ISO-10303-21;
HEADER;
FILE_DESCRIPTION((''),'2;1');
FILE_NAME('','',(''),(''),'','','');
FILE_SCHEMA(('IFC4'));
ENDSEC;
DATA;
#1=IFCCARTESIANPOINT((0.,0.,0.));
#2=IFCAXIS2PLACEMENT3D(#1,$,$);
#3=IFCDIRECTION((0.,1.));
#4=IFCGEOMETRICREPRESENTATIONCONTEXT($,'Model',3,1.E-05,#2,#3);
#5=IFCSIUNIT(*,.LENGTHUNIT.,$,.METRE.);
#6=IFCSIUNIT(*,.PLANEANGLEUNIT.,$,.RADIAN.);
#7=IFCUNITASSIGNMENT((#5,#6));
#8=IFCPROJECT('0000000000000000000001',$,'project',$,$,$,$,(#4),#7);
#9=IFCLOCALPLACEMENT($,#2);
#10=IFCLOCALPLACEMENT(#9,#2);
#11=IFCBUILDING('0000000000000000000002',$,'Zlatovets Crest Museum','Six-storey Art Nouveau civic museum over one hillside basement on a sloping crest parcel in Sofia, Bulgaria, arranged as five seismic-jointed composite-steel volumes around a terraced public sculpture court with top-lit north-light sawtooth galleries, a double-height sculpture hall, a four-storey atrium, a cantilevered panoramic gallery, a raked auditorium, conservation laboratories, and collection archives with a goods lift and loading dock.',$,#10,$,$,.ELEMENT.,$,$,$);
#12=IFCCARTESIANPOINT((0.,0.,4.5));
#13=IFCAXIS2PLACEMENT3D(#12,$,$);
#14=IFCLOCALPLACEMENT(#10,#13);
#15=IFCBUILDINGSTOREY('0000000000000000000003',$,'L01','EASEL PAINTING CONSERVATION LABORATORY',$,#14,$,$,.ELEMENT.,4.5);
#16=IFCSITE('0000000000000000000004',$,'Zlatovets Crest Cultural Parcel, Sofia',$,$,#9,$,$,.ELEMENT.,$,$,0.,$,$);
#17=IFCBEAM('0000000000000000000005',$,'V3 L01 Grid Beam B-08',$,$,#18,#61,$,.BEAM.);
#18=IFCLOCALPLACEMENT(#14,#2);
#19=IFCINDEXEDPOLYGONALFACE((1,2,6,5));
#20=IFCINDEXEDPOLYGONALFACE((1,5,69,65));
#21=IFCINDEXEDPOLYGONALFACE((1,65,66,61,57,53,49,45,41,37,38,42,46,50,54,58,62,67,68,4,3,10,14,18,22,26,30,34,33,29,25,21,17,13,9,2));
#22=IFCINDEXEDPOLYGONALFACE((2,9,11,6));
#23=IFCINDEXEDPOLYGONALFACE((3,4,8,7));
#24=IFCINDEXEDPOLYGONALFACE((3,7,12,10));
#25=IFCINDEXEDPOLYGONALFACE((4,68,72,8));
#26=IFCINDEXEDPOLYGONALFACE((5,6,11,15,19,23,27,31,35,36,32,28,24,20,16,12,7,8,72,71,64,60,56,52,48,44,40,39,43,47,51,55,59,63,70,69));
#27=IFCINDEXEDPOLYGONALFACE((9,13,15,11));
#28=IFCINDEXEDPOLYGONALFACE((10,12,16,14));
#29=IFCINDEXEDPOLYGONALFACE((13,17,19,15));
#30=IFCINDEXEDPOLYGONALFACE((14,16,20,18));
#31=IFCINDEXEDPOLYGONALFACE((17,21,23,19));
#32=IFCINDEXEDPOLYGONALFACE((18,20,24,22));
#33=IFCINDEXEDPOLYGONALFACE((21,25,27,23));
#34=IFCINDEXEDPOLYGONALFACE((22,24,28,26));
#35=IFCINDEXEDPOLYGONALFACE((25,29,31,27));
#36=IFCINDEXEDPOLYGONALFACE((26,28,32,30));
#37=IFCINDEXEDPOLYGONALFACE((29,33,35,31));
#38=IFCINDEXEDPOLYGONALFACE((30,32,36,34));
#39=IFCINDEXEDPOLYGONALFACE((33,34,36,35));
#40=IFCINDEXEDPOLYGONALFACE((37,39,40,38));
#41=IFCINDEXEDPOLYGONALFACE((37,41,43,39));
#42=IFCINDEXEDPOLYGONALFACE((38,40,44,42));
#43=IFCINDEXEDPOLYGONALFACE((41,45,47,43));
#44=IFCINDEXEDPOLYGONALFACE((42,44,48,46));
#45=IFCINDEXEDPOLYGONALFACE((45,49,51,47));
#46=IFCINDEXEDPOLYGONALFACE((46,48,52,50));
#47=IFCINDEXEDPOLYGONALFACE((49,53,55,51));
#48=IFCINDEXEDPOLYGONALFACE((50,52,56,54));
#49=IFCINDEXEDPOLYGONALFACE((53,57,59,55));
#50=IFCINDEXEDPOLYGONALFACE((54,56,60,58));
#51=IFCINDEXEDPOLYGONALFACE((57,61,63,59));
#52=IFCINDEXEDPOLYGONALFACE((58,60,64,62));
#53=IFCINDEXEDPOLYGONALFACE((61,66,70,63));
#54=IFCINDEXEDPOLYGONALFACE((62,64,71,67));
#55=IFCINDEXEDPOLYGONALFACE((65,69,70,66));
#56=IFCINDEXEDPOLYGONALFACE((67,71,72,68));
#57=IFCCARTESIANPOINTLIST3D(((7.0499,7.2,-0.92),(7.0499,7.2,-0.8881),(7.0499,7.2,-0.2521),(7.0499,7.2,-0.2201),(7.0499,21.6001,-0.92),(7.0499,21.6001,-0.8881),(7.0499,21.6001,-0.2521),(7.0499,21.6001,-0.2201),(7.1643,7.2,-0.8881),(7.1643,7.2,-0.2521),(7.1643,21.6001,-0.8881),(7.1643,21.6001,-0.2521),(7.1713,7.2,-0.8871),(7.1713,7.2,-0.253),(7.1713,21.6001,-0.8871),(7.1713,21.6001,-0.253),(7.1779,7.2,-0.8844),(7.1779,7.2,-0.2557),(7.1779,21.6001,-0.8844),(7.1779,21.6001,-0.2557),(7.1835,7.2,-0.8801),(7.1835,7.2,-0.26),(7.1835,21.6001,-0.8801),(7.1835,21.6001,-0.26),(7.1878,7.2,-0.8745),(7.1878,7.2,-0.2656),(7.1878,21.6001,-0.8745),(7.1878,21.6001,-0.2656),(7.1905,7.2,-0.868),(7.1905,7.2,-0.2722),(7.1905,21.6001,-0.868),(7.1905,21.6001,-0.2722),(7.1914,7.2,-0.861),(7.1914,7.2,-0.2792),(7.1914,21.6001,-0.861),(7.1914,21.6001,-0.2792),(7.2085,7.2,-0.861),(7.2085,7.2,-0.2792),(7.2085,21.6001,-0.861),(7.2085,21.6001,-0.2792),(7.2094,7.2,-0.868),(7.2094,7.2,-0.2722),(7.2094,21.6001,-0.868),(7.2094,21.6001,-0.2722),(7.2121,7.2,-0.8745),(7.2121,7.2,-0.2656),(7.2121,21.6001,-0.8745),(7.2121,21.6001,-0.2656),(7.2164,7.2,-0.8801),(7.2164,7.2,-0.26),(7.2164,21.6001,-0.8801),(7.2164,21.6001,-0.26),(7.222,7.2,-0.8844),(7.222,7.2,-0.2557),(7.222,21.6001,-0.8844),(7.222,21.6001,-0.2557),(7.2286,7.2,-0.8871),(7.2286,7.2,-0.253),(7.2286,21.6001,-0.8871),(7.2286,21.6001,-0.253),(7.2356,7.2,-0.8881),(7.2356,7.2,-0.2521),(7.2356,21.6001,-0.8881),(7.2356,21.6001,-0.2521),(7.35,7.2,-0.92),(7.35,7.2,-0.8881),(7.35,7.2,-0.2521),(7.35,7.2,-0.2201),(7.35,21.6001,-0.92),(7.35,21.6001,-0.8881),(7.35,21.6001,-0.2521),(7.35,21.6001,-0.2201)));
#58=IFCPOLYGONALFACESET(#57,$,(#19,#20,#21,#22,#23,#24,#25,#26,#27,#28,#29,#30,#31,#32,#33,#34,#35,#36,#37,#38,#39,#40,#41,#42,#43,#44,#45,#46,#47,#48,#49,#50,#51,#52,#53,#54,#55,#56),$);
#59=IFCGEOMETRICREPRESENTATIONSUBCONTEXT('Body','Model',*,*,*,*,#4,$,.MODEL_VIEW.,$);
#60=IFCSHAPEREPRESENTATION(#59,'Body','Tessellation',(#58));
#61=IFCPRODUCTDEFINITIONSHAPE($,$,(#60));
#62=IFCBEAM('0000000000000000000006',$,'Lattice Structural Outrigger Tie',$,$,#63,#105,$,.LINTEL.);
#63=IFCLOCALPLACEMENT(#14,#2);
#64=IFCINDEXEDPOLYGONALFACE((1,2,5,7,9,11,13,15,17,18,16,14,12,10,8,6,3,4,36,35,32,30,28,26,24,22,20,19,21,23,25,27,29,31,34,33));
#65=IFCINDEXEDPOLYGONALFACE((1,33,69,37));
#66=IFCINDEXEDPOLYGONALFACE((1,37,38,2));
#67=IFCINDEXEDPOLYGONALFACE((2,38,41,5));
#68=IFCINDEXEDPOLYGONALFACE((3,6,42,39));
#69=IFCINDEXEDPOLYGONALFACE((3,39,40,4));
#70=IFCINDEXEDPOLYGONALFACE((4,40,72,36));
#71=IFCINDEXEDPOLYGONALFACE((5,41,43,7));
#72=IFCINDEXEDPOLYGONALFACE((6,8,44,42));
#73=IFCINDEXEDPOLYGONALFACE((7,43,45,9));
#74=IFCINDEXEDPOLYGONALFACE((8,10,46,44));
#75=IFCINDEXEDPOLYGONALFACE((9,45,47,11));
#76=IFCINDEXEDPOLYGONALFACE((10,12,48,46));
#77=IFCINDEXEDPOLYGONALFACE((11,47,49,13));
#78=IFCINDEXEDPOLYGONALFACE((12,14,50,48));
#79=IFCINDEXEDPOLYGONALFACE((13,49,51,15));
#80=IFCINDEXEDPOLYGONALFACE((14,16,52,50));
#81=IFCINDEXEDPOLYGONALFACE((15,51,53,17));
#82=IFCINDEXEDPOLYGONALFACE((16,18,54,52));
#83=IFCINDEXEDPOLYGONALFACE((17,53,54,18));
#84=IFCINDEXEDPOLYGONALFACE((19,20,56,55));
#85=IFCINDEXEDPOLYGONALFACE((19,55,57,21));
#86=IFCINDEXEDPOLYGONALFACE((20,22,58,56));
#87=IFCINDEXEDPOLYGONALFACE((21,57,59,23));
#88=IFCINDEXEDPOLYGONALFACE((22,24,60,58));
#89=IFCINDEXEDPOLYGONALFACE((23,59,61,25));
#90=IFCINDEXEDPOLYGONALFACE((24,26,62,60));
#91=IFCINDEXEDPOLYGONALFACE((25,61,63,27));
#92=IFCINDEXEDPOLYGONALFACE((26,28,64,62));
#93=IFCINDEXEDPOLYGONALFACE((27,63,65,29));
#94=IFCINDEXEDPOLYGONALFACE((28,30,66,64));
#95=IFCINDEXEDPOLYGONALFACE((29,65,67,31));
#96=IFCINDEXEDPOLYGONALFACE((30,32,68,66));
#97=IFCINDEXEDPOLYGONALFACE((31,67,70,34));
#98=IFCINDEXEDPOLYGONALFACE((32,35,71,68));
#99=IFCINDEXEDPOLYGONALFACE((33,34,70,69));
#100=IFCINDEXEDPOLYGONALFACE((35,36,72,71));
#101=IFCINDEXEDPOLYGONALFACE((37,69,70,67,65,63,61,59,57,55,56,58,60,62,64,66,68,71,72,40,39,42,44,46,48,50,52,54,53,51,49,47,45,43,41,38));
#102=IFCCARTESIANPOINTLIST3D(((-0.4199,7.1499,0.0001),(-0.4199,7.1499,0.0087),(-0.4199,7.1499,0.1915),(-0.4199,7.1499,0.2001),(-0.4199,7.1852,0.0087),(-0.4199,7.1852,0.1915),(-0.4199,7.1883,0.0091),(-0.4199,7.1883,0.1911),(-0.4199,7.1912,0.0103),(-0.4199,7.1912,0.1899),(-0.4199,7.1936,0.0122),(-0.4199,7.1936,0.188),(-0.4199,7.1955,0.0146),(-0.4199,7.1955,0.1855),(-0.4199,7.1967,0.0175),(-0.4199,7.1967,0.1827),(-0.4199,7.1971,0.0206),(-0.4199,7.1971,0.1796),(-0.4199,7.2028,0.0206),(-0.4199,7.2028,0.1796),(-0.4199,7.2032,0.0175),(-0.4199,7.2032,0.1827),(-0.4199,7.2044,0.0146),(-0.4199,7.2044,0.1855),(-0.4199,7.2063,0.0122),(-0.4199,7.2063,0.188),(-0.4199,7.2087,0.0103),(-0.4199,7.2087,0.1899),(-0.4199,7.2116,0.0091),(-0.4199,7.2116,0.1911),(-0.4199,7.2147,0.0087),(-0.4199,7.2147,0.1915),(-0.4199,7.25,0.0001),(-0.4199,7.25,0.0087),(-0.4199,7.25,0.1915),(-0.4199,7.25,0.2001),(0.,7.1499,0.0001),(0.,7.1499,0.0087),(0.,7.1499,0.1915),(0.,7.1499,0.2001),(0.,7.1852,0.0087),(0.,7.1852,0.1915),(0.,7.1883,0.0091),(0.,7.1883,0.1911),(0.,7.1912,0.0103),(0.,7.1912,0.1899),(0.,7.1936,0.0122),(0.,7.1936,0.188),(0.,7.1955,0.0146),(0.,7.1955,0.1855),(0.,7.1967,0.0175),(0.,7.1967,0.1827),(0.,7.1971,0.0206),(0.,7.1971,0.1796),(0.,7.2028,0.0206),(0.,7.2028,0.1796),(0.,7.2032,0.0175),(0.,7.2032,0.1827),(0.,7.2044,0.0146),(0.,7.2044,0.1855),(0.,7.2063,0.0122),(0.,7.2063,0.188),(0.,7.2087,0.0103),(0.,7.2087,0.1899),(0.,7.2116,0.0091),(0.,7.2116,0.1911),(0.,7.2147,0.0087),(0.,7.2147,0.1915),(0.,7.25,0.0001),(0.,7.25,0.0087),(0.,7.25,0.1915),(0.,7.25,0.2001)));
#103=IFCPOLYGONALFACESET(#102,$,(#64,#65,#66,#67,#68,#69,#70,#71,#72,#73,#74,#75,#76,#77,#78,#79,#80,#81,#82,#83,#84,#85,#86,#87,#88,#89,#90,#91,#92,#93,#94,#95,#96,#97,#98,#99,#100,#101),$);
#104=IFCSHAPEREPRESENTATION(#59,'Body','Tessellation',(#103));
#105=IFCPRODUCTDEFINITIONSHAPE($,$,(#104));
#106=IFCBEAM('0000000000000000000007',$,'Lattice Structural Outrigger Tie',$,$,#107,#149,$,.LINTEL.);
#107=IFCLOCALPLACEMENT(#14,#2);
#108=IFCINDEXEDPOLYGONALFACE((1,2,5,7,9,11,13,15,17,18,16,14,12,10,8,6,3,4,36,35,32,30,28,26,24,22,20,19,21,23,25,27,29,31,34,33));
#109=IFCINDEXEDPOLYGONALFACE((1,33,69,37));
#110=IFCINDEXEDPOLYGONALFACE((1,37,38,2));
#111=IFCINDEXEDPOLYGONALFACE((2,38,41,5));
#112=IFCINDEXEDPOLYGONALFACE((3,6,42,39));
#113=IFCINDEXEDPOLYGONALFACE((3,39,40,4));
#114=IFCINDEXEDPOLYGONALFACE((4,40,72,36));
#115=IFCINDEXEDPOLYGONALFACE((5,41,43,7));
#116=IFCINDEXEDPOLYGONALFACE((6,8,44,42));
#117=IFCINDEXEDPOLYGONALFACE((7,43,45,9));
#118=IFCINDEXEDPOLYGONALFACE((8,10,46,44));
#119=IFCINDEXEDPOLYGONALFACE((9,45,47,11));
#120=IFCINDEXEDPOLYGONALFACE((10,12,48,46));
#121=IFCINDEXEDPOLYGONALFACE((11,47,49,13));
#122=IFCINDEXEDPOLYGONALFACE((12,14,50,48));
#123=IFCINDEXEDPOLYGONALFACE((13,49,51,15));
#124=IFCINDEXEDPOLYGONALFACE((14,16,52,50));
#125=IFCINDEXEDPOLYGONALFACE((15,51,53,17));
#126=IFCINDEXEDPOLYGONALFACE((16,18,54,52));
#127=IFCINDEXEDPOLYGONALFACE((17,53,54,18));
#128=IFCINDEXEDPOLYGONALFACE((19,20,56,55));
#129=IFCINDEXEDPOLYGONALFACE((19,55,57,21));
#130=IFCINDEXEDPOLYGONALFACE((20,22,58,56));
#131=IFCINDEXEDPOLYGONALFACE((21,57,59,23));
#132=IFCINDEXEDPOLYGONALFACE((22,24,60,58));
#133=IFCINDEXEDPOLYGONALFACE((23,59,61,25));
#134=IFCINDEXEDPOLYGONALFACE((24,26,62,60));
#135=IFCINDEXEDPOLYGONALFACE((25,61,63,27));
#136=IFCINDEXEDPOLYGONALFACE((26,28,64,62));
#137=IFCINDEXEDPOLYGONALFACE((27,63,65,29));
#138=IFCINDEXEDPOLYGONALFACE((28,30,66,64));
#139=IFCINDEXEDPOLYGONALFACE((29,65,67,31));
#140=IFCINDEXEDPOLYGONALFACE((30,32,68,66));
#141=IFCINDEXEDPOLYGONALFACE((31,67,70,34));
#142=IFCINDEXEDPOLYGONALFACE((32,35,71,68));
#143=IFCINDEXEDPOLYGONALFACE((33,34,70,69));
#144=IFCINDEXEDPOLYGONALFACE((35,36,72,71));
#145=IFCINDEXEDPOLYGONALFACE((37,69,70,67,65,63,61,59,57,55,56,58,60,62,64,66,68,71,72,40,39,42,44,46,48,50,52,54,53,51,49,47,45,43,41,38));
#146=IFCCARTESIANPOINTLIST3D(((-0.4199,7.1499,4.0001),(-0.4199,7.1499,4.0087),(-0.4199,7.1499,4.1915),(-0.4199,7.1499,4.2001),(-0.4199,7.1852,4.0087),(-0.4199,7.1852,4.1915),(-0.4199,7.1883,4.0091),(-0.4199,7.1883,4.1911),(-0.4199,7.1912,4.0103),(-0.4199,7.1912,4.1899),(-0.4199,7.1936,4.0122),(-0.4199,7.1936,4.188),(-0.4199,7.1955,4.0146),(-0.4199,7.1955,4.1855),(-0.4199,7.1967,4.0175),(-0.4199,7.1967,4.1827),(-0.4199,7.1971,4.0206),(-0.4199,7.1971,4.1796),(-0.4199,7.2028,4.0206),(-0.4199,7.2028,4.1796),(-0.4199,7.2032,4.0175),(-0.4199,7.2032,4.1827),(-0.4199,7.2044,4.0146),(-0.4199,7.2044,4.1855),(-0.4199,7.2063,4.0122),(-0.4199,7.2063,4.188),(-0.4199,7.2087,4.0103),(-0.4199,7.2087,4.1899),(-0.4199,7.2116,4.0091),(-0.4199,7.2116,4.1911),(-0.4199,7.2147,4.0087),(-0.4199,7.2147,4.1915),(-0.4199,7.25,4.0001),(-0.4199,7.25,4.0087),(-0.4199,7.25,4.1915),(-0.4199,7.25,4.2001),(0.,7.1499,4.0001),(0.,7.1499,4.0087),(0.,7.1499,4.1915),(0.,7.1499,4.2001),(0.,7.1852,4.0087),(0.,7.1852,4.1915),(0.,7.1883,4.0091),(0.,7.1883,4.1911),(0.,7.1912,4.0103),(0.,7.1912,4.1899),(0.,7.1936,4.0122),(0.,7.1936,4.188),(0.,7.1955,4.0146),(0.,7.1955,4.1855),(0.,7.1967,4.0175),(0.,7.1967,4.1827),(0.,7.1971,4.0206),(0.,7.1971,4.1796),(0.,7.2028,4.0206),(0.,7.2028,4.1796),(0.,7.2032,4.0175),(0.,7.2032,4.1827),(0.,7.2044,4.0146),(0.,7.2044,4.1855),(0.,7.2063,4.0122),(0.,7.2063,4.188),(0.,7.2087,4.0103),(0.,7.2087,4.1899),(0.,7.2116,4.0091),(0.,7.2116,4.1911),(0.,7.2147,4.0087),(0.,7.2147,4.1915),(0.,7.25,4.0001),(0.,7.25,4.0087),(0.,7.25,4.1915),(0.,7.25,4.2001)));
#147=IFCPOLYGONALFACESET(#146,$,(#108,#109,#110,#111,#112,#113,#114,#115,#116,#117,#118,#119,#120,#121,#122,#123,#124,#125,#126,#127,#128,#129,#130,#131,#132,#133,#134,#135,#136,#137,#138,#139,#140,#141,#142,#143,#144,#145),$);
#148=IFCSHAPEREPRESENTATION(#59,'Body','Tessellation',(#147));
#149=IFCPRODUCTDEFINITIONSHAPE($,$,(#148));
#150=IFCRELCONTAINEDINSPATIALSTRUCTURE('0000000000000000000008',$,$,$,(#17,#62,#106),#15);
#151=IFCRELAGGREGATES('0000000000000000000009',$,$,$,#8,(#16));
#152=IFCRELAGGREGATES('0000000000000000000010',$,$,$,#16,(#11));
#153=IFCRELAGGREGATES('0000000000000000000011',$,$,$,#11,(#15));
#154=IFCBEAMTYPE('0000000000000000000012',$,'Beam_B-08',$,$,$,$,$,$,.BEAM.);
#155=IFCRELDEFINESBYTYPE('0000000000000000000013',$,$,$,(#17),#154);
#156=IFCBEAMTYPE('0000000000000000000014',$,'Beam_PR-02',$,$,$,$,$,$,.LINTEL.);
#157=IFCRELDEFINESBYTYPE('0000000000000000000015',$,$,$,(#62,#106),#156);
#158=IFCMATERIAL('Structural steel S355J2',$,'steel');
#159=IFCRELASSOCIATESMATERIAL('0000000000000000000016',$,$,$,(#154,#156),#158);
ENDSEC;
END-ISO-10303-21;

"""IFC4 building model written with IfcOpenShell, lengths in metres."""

from ifc_helpers import new_model, si_unit, direction, frame, origin, origin_2d, place, context, subcontext, project, spatial, i_section, extrude, material, material_profile, profile_set, type_object, element, save


model = new_model("IFC4")

# Units and contexts
model_context = context("Model", 3, precision=1e-05, world=origin(), true_north=direction((0.0, 1.0)))
body_context = subcontext(model_context, "Body", "Model", "MODEL_VIEW")
ifc_project = project(units=[si_unit("LENGTHUNIT", "METRE"), si_unit("PLANEANGLEUNIT", "RADIAN")], contexts=[model_context])

# Site, building, storey
site_placement = place(None, origin())
site = spatial("IfcSite", under=ifc_project, at=site_placement, Name="Zlatovets Crest Cultural Parcel, Sofia", CompositionType="ELEMENT", RefElevation=0.0)
building_placement = place(site_placement, origin())
building = spatial("IfcBuilding", under=site, at=building_placement, Name="Zlatovets Crest Museum", Description="Six-storey Art Nouveau civic museum over one hillside basement on a sloping crest parcel in Sofia, Bulgaria, arranged as five seismic-jointed composite-steel volumes around a terraced public sculpture court with top-lit north-light sawtooth galleries, a double-height sculpture hall, a four-storey atrium, a cantilevered panoramic gallery, a raked auditorium, conservation laboratories, and collection archives with a goods lift and loading dock.", CompositionType="ELEMENT")
storey_placement = place(building_placement, frame((0.0, 0.0, 4.5)))
storey = spatial("IfcBuildingStorey", under=building, at=storey_placement, Name="L01", Description="EASEL PAINTING CONSERVATION LABORATORY", CompositionType="ELEMENT", Elevation=4.5)

# Shared definitions
ifc_material_1 = material(Name="Structural steel S355J2", Category="steel")

# Beams
ifc_material_profile_1 = material_profile(ifc_material_1, i_section(OverallWidth=0.3, OverallDepth=0.7, WebThickness=0.0171, FlangeThickness=0.032, FilletRadius=0.0271, at=origin_2d()), Name="HEB 700")
ifc_profile_set_1 = profile_set([ifc_material_profile_1], Name="Structural steel S355J2")
beam_type_1 = type_object("IfcBeamType", Name="Beam_B-08", PredefinedType="BEAM", material=ifc_profile_set_1)
beam_1_placement = place(storey_placement, frame((7.2, 7.2, -0.5701), z_axis=(0.0, 1.0, 0.0), x_axis=(-1.0, 0.0, 0.0)))
element("IfcBeam", 1, at=beam_1_placement, inside=storey, type_object=beam_type_1, Name="V3 L01 Grid Beam B-08", PredefinedType="BEAM", context=body_context, shape_type="SweptSolid", body=[
    extrude(i_section(OverallWidth=0.3, OverallDepth=0.7, WebThickness=0.0171, FlangeThickness=0.032, FilletRadius=0.0271, at=origin_2d()), origin(), (0.0, 0.0, 1.0), 14.4001),
])
ifc_material_profile_2 = material_profile(ifc_material_1, i_section(OverallWidth=0.1001, OverallDepth=0.2, WebThickness=0.0056, FlangeThickness=0.0085, FilletRadius=0.012, at=origin_2d()), Name="IPE 200")
ifc_profile_set_2 = profile_set([ifc_material_profile_2], Name="Structural steel S355J2")
beam_type_2 = type_object("IfcBeamType", Name="Beam_PR-02", PredefinedType="LINTEL", material=ifc_profile_set_2)
for number, where, z_axis, x_axis, name in (
    (2, (0.0, 7.2, 0.1001), (-1.0, 0.0, 0.0), (0.0, -1.0, 0.0), "Lattice Structural Outrigger Tie"),
    (3, (0.0, 7.2, 4.1001), (-1.0, 0.0, 0.0), (0.0, -1.0, 0.0), "Lattice Structural Outrigger Tie"),
):
    element("IfcBeam", number, at=place(storey_placement, frame(where, z_axis=z_axis, x_axis=x_axis)), inside=storey, type_object=beam_type_2, Name=name, PredefinedType="LINTEL", context=body_context, shape_type="SweptSolid", body=[
        extrude(i_section(OverallWidth=0.1001, OverallDepth=0.2, WebThickness=0.0056, FlangeThickness=0.0085, FilletRadius=0.012, at=origin_2d()), origin(), (0.0, 0.0, 1.0), 0.4199),
    ])

save(model, "model.ifc")
